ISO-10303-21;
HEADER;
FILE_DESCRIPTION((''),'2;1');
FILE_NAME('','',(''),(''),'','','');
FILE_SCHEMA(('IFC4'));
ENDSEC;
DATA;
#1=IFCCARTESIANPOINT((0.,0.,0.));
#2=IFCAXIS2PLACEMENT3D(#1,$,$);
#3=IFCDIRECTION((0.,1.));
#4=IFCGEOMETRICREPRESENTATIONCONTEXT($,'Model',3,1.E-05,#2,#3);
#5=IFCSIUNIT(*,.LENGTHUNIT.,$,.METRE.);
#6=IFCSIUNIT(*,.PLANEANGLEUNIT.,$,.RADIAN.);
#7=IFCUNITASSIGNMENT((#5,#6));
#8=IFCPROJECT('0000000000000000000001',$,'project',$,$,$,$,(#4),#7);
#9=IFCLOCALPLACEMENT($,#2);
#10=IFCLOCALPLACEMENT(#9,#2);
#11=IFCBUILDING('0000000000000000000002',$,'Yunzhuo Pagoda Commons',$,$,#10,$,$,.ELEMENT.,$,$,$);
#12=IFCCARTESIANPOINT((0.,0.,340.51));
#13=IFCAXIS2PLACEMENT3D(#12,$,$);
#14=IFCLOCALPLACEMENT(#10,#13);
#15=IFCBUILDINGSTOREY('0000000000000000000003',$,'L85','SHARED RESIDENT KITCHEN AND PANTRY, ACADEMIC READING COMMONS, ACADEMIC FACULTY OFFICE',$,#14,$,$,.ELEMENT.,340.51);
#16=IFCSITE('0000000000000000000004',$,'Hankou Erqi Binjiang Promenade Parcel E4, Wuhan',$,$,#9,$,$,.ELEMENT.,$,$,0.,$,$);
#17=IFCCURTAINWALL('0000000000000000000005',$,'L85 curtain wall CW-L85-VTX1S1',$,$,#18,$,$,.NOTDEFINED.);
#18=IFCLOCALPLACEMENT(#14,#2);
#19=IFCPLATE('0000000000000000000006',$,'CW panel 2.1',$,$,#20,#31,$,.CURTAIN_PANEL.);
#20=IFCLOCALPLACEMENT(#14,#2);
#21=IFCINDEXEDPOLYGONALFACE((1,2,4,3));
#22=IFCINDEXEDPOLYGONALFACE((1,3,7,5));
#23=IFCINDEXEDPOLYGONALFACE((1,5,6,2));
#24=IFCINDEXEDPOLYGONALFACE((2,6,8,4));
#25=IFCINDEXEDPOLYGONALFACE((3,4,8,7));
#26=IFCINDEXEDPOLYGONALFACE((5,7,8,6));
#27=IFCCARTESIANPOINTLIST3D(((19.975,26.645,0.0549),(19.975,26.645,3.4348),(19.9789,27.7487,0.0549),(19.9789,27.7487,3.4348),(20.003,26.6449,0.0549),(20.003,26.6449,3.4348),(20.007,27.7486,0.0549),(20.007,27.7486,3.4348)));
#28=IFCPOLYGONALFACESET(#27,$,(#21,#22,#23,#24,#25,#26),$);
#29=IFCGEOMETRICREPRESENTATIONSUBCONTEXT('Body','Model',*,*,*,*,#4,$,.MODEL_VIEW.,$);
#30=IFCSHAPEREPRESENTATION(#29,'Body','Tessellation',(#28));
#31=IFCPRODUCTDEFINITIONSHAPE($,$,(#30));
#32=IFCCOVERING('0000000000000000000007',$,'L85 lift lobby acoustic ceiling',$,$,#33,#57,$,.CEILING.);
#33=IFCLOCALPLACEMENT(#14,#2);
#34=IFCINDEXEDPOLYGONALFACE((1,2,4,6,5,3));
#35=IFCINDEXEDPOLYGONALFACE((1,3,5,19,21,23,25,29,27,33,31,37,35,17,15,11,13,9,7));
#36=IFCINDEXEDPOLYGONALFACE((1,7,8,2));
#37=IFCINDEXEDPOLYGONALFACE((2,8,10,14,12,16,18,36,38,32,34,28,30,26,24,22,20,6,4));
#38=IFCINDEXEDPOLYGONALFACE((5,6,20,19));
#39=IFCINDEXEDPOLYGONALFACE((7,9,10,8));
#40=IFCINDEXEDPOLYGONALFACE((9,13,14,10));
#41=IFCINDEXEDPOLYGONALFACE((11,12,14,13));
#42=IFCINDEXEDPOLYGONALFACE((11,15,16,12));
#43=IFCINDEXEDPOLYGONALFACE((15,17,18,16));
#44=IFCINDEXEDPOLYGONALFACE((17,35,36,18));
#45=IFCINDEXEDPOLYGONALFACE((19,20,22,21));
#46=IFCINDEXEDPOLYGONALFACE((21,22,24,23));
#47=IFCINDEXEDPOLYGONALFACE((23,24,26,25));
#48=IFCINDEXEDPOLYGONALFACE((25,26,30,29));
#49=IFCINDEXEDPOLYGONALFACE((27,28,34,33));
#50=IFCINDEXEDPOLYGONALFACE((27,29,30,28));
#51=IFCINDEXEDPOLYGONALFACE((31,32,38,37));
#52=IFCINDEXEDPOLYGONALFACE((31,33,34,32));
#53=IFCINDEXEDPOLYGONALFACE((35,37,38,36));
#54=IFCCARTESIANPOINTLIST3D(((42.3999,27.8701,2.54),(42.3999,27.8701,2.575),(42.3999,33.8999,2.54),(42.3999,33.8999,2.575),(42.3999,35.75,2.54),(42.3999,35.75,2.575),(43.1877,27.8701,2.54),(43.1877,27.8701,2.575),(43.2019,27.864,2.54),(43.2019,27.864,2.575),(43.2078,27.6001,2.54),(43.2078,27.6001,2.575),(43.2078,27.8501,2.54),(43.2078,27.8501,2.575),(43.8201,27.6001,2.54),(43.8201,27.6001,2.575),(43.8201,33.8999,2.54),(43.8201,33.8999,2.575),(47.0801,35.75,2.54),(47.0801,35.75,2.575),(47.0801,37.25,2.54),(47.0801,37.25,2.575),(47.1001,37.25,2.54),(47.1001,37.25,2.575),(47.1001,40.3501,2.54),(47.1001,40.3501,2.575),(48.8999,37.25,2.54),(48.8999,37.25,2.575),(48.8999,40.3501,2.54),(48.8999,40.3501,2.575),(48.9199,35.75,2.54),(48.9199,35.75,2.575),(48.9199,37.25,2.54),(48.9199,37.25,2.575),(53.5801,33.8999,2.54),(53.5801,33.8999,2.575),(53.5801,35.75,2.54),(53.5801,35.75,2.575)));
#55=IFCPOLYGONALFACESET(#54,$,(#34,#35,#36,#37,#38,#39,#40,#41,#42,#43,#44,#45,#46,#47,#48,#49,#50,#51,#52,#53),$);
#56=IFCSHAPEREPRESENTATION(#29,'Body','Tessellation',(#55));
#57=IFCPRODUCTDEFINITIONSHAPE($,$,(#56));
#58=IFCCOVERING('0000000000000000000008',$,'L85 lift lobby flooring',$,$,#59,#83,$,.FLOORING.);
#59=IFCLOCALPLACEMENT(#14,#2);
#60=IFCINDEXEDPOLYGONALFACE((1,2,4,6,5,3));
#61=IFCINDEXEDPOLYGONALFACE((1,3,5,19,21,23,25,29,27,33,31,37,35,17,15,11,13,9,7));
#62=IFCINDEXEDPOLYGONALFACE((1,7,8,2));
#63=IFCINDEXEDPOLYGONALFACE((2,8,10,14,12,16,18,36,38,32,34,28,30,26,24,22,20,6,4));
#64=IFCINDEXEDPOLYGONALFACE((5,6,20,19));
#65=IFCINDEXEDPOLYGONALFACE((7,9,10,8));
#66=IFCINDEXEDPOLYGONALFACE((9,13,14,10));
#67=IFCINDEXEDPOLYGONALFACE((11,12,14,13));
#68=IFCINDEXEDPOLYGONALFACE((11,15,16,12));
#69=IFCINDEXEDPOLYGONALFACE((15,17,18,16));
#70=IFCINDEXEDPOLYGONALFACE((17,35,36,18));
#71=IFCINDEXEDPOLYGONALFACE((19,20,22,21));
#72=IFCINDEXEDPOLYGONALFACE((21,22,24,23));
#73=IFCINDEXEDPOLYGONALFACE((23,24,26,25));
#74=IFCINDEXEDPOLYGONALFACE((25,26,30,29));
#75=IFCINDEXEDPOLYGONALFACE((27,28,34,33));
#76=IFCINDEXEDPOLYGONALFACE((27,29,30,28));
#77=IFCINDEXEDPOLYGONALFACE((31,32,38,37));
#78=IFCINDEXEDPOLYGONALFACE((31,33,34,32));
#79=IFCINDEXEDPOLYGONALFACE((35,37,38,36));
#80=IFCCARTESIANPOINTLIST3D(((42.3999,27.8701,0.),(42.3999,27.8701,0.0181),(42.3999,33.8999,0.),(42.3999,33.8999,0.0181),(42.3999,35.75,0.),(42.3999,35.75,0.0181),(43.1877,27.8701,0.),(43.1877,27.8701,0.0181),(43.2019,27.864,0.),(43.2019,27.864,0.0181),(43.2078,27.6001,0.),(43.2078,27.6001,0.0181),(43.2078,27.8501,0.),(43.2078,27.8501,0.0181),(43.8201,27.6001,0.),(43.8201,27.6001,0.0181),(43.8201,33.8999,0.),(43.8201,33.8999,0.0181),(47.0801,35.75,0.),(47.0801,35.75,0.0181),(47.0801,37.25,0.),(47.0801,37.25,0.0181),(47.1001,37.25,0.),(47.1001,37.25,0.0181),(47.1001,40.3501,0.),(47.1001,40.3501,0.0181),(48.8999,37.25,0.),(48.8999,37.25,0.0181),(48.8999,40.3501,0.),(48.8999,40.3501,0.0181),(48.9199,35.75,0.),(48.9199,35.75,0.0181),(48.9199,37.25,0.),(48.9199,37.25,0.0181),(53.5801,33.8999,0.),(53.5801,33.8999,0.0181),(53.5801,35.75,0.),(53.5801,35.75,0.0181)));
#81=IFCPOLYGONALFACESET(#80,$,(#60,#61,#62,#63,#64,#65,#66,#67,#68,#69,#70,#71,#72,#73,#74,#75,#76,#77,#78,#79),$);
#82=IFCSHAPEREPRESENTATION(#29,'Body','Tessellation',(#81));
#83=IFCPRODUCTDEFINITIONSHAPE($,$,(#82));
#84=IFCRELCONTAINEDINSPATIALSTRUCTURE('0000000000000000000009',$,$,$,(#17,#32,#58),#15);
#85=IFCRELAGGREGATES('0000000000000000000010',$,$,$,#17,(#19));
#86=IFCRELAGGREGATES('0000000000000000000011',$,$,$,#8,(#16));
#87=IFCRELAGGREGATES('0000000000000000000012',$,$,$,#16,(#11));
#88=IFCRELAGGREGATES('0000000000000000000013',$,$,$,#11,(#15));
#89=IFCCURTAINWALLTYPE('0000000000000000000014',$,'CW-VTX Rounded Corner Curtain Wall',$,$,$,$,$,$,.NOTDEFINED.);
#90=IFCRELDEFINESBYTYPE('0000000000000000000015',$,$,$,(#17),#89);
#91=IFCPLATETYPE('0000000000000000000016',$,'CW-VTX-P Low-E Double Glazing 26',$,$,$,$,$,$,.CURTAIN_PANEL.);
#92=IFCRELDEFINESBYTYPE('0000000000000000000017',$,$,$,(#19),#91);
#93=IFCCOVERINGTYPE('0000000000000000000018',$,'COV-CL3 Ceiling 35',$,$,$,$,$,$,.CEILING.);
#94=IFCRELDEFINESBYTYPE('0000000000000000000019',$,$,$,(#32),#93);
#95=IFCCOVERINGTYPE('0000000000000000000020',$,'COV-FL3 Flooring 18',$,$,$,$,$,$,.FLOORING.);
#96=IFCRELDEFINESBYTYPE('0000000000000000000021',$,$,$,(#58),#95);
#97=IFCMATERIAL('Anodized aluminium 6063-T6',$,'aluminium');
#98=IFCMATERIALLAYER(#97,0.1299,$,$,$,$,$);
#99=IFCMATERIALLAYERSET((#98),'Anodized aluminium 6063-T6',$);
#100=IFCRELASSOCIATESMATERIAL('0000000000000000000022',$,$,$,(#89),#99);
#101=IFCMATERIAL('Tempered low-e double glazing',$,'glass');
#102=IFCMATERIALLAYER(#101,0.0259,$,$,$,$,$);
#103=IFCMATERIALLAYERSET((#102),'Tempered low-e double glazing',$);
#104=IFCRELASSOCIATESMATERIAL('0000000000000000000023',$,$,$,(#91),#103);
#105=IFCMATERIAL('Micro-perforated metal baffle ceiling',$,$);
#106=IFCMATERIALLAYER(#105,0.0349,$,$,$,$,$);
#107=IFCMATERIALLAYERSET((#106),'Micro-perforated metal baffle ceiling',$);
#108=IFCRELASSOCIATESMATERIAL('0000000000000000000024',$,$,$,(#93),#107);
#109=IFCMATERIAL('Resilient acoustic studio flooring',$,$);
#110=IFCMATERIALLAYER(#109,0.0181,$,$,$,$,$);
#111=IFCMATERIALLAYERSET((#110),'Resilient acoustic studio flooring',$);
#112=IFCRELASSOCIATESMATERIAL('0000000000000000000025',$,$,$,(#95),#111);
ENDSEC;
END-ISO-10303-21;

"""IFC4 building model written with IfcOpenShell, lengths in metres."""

from ifc_helpers import new_model, si_unit, direction, frame, origin, origin_2d, place, context, subcontext, project, spatial, polyline, rectangle, outline, extrude, source, transform, mapped, material, layer, layer_set, type_object, element, aggregate, save


model = new_model("IFC4")

# Units and contexts
model_context = context("Model", 3, precision=1e-05, world=origin(), true_north=direction((0.0, 1.0)))
body_context = subcontext(model_context, "Body", "Model", "MODEL_VIEW")
ifc_project = project(units=[si_unit("LENGTHUNIT", "METRE"), si_unit("PLANEANGLEUNIT", "RADIAN")], contexts=[model_context])

# Site, building, storey
site_placement = place(None, origin())
site = spatial("IfcSite", under=ifc_project, at=site_placement, Name="Hankou Erqi Binjiang Promenade Parcel E4, Wuhan", CompositionType="ELEMENT", RefElevation=0.0)
building_placement = place(site_placement, origin())
building = spatial("IfcBuilding", under=site, at=building_placement, Name="Yunzhuo Pagoda Commons", CompositionType="ELEMENT")
storey_placement = place(building_placement, frame((0.0, 0.0, 340.51)))
storey = spatial("IfcBuildingStorey", under=building, at=storey_placement, Name="L85", Description="SHARED RESIDENT KITCHEN AND PANTRY, ACADEMIC READING COMMONS, ACADEMIC FACULTY OFFICE", CompositionType="ELEMENT", Elevation=340.51)

# Curtain wall
ifc_material_1 = material(Name="Anodized aluminium 6063-T6", Category="aluminium")
ifc_layer_1 = layer(ifc_material_1, 0.1299)
ifc_layer_set_1 = layer_set([ifc_layer_1], Name="Anodized aluminium 6063-T6")
curtain_wall_type = type_object("IfcCurtainWallType", Name="CW-VTX Rounded Corner Curtain Wall", PredefinedType="NOTDEFINED", material=ifc_layer_set_1)
curtain_wall_1_placement = place(storey_placement, origin())
curtain_wall_1 = element("IfcCurtainWall", 1, at=curtain_wall_1_placement, inside=storey, type_object=curtain_wall_type, Name="L85 curtain wall CW-L85-VTX1S1", PredefinedType="NOTDEFINED")

# Plate
ifc_material_2 = material(Name="Tempered low-e double glazing", Category="glass")
ifc_layer_2 = layer(ifc_material_2, 0.0259)
ifc_layer_set_2 = layer_set([ifc_layer_2], Name="Tempered low-e double glazing")
plate_type = type_object("IfcPlateType", Name="CW-VTX-P Low-E Double Glazing 26", PredefinedType="CURTAIN_PANEL", material=ifc_layer_set_2)
shared_shape_1 = source(origin(), body_context, "Body", "SweptSolid", [
    extrude(rectangle(XDim=1.1038, YDim=0.0281, at=origin_2d()), origin(), (0.0, 0.0, 1.0), 3.3799),
])
plate_1_placement = place(storey_placement, frame((19.991, 27.1968, 0.0549), z_axis=(0.0, 0.0, 1.0), x_axis=(-0.003567, -0.999994, 0.0)))
plate_1 = element("IfcPlate", 2, at=plate_1_placement, type_object=plate_type, Name="CW panel 2.1", PredefinedType="CURTAIN_PANEL", context=body_context, shape_type="MappedRepresentation", body=[
    mapped(shared_shape_1, transform((0.0, 0.0, 0.0), scale=1.0)),
])
aggregate(curtain_wall_1, [plate_1])

# Coverings
ifc_material_3 = material(Name="Micro-perforated metal baffle ceiling")
ifc_layer_3 = layer(ifc_material_3, 0.0349)
ifc_layer_set_3 = layer_set([ifc_layer_3], Name="Micro-perforated metal baffle ceiling")
covering_type_1 = type_object("IfcCoveringType", Name="COV-CL3 Ceiling 35", PredefinedType="CEILING", material=ifc_layer_set_3)
covering_1_placement = place(storey_placement, frame((0.0, 0.0, 2.54)))
element("IfcCovering", 3, at=covering_1_placement, inside=storey, type_object=covering_type_1, Name="L85 lift lobby acoustic ceiling", PredefinedType="CEILING", context=body_context, shape_type="SweptSolid", body=[
    extrude(outline(polyline([(42.3999, 35.75), (47.0801, 35.75), (47.0801, 37.25), (47.1001, 37.25), (47.1001, 40.3501), (48.8999, 40.3501), (48.8999, 37.25), (48.9199, 37.25), (48.9199, 35.75), (53.5801, 35.75), (53.5801, 33.8999), (43.8201, 33.8999), (43.8201, 27.6001), (43.2078, 27.6001), (43.2078, 27.8501), (43.2019, 27.864), (43.1877, 27.8701), (42.3999, 27.8701), (42.3999, 33.8999), (42.3999, 35.75)])), origin(), (0.0, 0.0, 1.0), 0.0349),
])
ifc_material_4 = material(Name="Resilient acoustic studio flooring")
ifc_layer_4 = layer(ifc_material_4, 0.0181)
ifc_layer_set_4 = layer_set([ifc_layer_4], Name="Resilient acoustic studio flooring")
covering_type_2 = type_object("IfcCoveringType", Name="COV-FL3 Flooring 18", PredefinedType="FLOORING", material=ifc_layer_set_4)
covering_2_placement = place(storey_placement, origin())
element("IfcCovering", 4, at=covering_2_placement, inside=storey, type_object=covering_type_2, Name="L85 lift lobby flooring", PredefinedType="FLOORING", context=body_context, shape_type="SweptSolid", body=[
    extrude(outline(polyline([(42.3999, 35.75), (47.0801, 35.75), (47.0801, 37.25), (47.1001, 37.25), (47.1001, 40.3501), (48.8999, 40.3501), (48.8999, 37.25), (48.9199, 37.25), (48.9199, 35.75), (53.5801, 35.75), (53.5801, 33.8999), (43.8201, 33.8999), (43.8201, 27.6001), (43.2078, 27.6001), (43.2078, 27.8501), (43.2019, 27.864), (43.1877, 27.8701), (42.3999, 27.8701), (42.3999, 33.8999), (42.3999, 35.75)])), origin(), (0.0, 0.0, 1.0), 0.0181),
])

save(model, "model.ifc")
